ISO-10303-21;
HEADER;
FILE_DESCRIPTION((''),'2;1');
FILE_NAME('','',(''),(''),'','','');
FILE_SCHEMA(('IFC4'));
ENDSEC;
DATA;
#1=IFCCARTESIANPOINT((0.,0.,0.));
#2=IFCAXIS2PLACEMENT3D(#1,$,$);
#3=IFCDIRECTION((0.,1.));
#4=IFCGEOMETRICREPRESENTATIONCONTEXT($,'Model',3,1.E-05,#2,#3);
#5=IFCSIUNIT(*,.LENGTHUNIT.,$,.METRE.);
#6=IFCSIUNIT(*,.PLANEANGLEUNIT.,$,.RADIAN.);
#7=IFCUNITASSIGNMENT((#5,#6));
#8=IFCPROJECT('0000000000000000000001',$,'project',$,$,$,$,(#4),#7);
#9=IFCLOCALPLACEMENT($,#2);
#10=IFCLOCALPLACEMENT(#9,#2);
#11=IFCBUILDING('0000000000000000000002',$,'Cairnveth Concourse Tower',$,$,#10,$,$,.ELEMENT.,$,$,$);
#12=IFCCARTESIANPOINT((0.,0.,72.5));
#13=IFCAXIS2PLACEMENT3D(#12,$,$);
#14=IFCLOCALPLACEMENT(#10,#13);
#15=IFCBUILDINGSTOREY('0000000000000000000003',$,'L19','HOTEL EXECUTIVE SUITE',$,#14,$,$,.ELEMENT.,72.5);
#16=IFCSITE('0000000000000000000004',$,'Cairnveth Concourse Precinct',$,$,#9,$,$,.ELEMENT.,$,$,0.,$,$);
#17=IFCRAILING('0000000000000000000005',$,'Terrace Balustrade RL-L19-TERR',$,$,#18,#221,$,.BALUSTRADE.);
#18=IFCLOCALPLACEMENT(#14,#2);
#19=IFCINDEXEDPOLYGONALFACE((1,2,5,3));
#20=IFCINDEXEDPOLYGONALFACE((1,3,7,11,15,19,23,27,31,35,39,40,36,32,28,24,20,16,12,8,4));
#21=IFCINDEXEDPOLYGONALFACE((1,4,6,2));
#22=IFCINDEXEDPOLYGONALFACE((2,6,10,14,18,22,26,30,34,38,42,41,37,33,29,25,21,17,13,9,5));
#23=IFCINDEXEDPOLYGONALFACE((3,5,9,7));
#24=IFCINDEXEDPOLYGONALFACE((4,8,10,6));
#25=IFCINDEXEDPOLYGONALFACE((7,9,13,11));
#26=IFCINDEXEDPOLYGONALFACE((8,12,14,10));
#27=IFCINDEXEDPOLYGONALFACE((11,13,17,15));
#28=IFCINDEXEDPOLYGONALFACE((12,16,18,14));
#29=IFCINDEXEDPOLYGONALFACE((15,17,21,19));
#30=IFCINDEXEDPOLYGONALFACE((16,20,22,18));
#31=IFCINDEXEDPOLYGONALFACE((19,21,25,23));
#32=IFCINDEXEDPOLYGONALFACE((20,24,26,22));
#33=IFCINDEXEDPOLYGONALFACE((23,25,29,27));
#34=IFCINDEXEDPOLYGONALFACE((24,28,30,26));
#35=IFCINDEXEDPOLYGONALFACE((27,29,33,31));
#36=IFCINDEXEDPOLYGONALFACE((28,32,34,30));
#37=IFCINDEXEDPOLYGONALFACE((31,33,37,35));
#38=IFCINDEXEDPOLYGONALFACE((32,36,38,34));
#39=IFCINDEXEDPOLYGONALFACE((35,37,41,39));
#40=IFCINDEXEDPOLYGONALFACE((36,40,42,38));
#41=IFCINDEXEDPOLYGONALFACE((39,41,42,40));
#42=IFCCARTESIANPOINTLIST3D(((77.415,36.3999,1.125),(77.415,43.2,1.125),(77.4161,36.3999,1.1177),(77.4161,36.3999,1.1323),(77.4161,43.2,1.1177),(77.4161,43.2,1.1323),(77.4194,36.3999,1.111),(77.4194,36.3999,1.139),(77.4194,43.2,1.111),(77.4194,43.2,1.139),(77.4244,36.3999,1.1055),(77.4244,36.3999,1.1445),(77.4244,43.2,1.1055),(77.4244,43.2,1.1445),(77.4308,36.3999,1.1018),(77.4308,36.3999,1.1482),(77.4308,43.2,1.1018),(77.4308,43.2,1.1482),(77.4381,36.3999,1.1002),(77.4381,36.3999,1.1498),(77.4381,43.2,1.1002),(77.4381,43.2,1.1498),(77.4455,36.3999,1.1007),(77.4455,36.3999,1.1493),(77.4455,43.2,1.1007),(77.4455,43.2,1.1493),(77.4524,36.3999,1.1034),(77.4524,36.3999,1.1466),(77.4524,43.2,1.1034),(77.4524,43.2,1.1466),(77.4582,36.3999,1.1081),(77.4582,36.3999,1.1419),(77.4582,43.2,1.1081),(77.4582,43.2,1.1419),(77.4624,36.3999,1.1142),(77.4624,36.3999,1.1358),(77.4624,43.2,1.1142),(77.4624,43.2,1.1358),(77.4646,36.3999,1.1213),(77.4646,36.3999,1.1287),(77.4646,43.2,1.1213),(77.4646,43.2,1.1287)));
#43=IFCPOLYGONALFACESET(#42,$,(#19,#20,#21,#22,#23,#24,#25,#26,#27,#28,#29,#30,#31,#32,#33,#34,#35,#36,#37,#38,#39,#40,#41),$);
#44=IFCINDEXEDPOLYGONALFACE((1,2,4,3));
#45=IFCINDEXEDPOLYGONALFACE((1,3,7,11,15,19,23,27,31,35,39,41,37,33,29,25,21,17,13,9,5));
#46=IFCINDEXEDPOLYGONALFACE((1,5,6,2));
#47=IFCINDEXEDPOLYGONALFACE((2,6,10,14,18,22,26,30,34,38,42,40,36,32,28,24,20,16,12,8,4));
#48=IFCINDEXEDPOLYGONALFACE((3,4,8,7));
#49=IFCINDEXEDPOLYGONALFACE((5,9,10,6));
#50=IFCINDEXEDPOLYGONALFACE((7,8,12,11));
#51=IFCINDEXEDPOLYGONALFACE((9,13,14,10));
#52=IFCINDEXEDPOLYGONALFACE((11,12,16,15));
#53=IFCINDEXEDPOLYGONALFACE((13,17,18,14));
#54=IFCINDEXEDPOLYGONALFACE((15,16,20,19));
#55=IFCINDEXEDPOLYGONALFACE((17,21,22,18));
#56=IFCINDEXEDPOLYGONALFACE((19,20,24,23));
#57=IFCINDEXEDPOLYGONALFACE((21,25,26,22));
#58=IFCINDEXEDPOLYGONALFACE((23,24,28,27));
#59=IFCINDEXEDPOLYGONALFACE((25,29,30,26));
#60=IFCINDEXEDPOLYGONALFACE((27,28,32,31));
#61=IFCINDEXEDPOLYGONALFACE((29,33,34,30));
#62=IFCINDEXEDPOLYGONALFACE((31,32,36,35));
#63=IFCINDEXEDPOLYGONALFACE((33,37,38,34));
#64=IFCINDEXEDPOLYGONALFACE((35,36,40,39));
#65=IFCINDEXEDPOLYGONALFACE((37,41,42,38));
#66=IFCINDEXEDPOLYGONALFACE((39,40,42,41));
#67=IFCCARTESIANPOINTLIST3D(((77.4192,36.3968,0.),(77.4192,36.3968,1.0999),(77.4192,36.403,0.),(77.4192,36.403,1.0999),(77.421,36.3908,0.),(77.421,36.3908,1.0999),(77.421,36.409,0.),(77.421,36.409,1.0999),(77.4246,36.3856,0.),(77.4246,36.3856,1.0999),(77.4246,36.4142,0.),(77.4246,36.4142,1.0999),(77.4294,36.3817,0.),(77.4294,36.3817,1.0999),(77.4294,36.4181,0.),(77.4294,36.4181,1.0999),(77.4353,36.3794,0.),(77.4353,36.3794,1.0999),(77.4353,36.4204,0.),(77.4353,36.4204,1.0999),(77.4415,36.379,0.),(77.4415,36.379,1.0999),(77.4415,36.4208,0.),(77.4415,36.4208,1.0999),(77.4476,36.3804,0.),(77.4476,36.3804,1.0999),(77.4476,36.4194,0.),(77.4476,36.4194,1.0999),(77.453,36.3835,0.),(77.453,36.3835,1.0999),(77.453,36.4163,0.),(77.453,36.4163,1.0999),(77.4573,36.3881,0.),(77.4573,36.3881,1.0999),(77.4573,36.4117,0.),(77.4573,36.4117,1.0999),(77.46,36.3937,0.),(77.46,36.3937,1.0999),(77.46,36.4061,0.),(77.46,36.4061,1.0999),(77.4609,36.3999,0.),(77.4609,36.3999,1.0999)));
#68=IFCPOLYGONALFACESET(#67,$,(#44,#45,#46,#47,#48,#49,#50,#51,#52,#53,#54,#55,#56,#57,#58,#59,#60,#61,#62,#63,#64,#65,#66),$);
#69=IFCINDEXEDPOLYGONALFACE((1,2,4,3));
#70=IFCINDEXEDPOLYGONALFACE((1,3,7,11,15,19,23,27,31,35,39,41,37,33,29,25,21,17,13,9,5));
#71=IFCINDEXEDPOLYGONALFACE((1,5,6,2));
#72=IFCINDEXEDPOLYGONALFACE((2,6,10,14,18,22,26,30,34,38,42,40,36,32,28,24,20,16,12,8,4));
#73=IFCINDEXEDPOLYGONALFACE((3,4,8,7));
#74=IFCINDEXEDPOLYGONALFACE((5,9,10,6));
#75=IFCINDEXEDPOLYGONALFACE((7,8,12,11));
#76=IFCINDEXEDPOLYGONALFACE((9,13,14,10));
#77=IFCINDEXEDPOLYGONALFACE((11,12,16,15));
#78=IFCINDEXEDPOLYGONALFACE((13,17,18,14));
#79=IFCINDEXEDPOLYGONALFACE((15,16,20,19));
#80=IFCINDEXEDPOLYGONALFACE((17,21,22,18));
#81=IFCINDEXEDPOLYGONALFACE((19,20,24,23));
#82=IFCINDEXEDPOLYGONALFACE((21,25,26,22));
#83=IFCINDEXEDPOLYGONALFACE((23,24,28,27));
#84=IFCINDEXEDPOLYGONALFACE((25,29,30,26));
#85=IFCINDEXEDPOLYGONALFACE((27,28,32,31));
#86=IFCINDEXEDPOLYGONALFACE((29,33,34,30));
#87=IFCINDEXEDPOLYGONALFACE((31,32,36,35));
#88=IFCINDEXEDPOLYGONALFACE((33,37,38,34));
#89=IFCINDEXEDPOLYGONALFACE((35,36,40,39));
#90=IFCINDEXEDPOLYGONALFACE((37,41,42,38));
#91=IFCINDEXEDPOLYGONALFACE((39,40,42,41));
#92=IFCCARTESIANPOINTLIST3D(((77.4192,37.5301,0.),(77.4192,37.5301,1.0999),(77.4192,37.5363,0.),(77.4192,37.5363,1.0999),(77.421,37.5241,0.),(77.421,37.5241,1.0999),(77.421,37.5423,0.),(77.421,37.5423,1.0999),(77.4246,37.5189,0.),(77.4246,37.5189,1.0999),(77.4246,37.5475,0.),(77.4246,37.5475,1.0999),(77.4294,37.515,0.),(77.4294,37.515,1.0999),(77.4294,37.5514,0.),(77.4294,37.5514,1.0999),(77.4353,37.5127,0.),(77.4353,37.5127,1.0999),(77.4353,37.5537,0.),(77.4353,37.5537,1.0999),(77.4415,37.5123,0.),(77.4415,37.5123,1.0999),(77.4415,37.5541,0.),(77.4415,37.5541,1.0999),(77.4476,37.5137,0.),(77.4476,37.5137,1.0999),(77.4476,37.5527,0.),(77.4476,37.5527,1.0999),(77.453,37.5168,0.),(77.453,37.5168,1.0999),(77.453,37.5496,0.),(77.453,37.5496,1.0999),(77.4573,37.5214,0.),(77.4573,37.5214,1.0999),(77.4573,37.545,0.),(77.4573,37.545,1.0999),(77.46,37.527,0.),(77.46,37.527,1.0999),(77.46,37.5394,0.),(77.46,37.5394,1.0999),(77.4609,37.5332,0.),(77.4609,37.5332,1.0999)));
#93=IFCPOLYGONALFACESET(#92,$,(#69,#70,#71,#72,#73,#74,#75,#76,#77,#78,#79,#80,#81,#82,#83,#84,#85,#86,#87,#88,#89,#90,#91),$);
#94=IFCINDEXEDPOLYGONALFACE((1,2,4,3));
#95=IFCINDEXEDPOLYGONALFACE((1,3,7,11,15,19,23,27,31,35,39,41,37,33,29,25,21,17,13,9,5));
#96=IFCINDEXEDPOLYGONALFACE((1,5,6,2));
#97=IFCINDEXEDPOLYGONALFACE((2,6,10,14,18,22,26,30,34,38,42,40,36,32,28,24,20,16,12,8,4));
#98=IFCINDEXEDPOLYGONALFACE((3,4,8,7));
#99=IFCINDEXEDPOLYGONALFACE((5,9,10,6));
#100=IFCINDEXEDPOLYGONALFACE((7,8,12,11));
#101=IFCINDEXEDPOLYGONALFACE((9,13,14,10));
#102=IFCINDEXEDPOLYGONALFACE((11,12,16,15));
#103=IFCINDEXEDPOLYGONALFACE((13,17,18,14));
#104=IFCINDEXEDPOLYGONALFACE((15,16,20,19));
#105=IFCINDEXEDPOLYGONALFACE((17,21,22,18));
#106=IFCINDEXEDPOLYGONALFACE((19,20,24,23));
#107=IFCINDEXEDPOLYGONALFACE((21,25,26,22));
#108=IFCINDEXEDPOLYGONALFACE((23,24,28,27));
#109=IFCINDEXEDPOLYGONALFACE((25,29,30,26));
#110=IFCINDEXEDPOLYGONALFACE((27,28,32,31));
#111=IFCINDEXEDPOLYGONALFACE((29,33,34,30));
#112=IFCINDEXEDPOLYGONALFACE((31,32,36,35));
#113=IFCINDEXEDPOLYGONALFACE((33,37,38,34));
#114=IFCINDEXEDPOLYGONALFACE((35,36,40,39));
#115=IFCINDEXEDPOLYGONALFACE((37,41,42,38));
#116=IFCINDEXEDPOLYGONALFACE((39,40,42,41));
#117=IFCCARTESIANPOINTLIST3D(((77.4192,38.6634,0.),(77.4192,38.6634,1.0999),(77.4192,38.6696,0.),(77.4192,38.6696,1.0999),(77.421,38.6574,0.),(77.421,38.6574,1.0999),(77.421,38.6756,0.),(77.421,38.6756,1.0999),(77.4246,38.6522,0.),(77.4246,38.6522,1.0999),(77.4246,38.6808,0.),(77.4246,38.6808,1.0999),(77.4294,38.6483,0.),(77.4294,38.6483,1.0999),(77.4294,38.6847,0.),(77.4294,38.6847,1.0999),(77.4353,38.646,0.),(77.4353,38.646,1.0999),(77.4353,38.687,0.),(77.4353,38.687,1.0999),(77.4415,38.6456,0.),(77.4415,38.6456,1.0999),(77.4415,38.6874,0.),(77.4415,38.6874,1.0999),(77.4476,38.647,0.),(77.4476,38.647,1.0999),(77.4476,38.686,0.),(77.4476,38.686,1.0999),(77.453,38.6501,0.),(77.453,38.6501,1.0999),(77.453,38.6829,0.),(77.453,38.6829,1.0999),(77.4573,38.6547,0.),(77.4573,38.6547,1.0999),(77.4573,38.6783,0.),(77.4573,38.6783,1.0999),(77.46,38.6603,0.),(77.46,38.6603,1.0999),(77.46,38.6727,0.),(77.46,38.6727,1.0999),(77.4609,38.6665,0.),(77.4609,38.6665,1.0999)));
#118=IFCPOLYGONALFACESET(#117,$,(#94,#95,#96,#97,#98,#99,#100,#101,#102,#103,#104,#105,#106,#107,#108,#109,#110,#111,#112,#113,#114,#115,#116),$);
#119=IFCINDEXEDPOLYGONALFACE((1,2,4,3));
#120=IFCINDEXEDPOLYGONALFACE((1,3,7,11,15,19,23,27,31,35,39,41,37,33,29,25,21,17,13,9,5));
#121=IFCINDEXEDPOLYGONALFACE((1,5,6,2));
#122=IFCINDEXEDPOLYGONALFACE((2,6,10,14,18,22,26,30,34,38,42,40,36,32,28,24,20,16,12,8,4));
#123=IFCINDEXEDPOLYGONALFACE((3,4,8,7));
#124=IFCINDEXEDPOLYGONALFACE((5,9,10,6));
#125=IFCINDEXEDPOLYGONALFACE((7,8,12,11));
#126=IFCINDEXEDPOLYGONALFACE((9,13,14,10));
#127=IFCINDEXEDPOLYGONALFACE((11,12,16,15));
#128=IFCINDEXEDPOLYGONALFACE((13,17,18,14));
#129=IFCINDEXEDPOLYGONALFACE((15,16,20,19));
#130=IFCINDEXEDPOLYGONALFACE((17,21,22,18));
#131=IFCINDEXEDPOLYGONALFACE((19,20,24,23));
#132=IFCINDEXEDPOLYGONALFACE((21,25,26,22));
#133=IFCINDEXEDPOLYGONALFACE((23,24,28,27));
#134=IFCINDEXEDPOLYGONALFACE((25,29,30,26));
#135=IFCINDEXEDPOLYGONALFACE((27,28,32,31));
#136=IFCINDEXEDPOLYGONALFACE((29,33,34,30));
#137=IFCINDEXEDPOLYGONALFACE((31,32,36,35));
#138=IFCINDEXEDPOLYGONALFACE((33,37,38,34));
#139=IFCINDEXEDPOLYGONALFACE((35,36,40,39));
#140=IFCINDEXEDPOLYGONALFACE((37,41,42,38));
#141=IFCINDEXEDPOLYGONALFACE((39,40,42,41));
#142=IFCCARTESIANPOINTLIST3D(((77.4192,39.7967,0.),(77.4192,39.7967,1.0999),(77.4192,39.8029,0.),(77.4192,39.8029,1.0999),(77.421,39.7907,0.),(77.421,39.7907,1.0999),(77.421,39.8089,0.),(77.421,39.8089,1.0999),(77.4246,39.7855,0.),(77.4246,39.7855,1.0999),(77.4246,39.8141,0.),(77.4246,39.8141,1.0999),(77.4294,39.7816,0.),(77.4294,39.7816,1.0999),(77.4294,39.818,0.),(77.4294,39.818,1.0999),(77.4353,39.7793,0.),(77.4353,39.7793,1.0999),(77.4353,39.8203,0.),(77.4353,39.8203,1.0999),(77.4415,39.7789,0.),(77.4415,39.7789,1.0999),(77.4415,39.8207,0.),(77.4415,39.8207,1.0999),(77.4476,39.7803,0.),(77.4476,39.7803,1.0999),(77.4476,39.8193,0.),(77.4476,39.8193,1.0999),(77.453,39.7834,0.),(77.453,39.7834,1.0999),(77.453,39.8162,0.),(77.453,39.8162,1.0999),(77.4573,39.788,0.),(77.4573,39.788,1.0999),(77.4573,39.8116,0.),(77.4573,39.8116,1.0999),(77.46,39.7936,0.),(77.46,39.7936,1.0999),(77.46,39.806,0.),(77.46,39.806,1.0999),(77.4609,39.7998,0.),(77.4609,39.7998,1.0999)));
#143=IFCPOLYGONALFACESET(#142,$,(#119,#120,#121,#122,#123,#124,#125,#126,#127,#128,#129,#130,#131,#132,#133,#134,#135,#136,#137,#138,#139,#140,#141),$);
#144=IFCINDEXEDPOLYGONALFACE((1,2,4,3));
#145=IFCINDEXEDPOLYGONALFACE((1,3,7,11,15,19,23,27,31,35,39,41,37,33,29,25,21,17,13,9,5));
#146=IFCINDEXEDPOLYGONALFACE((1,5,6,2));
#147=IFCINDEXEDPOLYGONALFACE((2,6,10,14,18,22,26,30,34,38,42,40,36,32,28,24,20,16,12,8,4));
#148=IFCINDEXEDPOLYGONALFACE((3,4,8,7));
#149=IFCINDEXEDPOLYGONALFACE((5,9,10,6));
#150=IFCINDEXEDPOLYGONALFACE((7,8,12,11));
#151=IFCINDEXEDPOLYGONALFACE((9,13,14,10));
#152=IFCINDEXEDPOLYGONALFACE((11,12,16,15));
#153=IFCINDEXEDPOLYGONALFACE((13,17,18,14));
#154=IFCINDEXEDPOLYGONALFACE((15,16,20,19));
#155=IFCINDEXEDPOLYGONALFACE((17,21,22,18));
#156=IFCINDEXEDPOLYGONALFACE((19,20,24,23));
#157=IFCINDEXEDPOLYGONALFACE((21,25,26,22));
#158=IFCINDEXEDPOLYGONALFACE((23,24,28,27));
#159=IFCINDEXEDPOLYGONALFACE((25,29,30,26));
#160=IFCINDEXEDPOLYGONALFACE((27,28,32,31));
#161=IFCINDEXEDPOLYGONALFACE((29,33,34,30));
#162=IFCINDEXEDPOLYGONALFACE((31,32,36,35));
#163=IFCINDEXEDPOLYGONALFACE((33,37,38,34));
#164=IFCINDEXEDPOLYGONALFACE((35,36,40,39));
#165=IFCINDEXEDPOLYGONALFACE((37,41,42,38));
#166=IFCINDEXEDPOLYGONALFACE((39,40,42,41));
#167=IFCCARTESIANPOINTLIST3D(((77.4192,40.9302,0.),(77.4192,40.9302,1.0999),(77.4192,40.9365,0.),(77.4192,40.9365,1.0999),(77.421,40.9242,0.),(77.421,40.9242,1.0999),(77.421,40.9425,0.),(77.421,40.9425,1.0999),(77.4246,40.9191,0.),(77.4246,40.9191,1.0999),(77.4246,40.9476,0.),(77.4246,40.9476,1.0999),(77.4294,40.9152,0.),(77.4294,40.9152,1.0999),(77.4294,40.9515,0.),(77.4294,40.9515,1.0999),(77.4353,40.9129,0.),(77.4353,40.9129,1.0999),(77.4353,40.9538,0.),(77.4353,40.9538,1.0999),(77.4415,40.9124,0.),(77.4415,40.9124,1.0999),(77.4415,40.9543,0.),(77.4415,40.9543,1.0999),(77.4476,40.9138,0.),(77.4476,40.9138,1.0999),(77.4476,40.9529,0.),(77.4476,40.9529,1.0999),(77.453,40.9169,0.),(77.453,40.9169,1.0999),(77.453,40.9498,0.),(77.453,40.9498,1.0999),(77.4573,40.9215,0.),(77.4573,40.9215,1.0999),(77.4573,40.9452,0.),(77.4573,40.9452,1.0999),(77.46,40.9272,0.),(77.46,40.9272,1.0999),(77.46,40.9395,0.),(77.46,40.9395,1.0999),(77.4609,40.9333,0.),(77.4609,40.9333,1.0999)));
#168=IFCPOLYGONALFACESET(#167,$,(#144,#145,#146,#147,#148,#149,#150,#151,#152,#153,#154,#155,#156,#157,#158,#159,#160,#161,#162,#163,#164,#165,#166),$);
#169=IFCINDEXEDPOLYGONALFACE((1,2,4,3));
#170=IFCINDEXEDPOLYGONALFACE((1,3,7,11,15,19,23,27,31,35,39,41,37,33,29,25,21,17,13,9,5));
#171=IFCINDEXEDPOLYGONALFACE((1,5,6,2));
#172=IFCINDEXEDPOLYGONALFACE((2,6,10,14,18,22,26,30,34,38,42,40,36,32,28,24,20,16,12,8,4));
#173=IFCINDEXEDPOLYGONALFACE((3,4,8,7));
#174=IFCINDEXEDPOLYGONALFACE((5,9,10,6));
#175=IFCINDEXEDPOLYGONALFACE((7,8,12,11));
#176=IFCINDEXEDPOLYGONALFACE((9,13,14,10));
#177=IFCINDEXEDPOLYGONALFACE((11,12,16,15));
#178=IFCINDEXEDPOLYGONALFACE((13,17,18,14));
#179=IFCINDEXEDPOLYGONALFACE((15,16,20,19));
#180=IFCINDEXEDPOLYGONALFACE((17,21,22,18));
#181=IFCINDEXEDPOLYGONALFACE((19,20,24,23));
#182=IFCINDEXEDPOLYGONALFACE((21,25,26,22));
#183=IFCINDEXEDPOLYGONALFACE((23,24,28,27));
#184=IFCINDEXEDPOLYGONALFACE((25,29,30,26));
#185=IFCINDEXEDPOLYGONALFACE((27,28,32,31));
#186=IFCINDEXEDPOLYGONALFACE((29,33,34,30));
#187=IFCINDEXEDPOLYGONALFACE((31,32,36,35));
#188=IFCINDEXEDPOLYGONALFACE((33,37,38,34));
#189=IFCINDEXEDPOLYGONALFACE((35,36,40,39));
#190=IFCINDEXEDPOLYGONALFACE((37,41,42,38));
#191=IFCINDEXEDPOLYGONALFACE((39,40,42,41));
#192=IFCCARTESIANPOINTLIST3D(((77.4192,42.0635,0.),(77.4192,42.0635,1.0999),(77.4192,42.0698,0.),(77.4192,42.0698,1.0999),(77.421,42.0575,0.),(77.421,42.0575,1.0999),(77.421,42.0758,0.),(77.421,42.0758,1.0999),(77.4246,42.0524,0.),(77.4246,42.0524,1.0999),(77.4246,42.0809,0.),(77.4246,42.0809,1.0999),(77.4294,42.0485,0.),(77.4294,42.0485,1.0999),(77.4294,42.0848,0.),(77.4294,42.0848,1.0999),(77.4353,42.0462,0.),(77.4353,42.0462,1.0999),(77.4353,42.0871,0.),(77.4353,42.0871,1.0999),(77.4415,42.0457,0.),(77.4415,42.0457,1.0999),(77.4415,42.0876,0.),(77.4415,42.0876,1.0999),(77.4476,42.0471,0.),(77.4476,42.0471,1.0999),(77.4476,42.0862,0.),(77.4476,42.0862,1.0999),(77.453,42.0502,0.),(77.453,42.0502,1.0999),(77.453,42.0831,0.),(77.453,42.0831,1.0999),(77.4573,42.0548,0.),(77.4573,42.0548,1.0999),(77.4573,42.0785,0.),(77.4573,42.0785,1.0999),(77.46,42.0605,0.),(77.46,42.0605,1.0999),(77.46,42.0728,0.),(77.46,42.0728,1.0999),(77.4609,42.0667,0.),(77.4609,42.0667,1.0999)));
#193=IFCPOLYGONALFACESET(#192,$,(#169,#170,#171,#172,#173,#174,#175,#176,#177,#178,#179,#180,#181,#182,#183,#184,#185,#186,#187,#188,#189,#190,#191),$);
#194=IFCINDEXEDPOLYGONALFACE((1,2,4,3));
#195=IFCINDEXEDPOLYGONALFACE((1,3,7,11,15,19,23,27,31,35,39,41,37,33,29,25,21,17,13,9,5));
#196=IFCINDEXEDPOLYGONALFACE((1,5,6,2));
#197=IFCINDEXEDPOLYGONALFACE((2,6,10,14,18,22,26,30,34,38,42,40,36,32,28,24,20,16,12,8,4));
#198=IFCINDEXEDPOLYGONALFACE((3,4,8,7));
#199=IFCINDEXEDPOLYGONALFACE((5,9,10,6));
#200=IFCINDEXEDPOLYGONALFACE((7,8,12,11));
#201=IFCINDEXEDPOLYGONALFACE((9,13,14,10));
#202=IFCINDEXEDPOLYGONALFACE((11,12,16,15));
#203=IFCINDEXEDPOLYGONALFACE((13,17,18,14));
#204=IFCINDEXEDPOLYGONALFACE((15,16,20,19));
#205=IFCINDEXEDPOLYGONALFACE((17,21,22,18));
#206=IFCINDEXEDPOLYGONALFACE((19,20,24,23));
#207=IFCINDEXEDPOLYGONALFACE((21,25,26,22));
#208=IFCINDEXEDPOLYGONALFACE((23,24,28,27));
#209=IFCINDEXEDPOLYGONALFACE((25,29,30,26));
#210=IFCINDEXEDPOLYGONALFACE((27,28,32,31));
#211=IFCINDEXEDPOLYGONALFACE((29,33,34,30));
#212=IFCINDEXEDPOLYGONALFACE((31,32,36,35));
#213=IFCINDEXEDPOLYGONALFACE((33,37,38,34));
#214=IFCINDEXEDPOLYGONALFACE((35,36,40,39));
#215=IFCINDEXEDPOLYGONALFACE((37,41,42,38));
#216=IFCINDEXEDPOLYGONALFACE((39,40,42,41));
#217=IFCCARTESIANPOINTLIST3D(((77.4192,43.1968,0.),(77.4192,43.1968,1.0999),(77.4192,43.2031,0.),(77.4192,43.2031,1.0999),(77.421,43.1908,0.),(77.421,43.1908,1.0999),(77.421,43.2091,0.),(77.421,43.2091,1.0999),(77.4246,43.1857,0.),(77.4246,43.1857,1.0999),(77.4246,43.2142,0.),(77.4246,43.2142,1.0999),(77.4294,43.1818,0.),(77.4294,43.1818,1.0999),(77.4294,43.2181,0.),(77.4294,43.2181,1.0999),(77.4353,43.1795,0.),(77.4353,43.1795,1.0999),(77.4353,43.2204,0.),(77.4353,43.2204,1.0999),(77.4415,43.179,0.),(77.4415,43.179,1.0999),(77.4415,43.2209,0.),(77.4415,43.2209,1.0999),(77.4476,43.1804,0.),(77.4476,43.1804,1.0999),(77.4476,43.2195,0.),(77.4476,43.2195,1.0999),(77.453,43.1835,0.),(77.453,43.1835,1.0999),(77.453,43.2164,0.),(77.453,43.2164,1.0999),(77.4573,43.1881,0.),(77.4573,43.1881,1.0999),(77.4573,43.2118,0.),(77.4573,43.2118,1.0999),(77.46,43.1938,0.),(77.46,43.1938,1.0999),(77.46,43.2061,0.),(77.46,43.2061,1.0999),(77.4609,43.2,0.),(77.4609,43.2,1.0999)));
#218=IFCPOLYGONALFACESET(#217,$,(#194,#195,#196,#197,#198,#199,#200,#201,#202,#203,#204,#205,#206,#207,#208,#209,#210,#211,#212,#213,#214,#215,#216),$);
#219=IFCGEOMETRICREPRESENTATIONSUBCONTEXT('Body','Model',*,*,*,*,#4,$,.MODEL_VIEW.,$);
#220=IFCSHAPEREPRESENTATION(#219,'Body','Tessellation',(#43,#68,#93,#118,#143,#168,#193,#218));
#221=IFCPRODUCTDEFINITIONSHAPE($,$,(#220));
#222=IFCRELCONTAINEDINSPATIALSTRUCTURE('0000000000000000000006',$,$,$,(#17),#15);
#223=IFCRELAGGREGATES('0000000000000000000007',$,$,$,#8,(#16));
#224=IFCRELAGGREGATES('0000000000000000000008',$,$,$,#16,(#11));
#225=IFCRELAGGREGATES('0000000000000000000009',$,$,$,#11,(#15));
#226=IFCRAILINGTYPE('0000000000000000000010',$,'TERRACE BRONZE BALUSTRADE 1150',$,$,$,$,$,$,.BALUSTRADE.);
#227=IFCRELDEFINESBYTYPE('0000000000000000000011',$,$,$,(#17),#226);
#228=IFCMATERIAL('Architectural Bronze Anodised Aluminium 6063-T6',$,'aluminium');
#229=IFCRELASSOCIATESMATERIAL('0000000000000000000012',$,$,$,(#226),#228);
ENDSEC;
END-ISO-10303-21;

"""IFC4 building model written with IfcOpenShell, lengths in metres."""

from ifc_helpers import new_model, si_unit, direction, frame, origin, origin_2d, place, context, subcontext, project, spatial, circle, extrude, material, type_object, element, save


model = new_model("IFC4")

# Units and contexts
model_context = context("Model", 3, precision=1e-05, world=origin(), true_north=direction((0.0, 1.0)))
body_context = subcontext(model_context, "Body", "Model", "MODEL_VIEW")
ifc_project = project(units=[si_unit("LENGTHUNIT", "METRE"), si_unit("PLANEANGLEUNIT", "RADIAN")], contexts=[model_context])

# Site, building, storey
site_placement = place(None, origin())
site = spatial("IfcSite", under=ifc_project, at=site_placement, Name="Cairnveth Concourse Precinct", CompositionType="ELEMENT", RefElevation=0.0)
building_placement = place(site_placement, origin())
building = spatial("IfcBuilding", under=site, at=building_placement, Name="Cairnveth Concourse Tower", CompositionType="ELEMENT")
storey_placement = place(building_placement, frame((0.0, 0.0, 72.5)))
storey = spatial("IfcBuildingStorey", under=building, at=storey_placement, Name="L19", Description="HOTEL EXECUTIVE SUITE", CompositionType="ELEMENT", Elevation=72.5)

# Shared definitions
ifc_material_1 = material(Name="Architectural Bronze Anodised Aluminium 6063-T6", Category="aluminium")

# Railing
railing_type = type_object("IfcRailingType", Name="TERRACE BRONZE BALUSTRADE 1150", PredefinedType="BALUSTRADE", material=ifc_material_1)
railing_placement = place(storey_placement, frame((77.4399, 36.3999, 0.0)))
element("IfcRailing", 1, at=railing_placement, inside=storey, type_object=railing_type, Name="Terrace Balustrade RL-L19-TERR", PredefinedType="BALUSTRADE", context=body_context, shape_type="SweptSolid", body=[
    extrude(circle(Radius=0.0249, at=origin_2d()), frame((0.0, 0.0, 1.125), z_axis=(0.0, 1.0, 0.0), x_axis=(-1.0, 0.0, 0.0)), (0.0, 0.0, 1.0), 6.8),
    extrude(circle(Radius=0.021, at=origin_2d()), origin(), (0.0, 0.0, 1.0), 1.0999),
    extrude(circle(Radius=0.021, at=origin_2d()), frame((0.0, 1.1333, 0.0)), (0.0, 0.0, 1.0), 1.0999),
    extrude(circle(Radius=0.021, at=origin_2d()), frame((0.0, 2.2666, 0.0)), (0.0, 0.0, 1.0), 1.0999),
    extrude(circle(Radius=0.021, at=origin_2d()), frame((0.0, 3.3999, 0.0)), (0.0, 0.0, 1.0), 1.0999),
    extrude(circle(Radius=0.021, at=origin_2d()), frame((0.0, 4.5334, 0.0)), (0.0, 0.0, 1.0), 1.0999),
    extrude(circle(Radius=0.021, at=origin_2d()), frame((0.0, 5.6667, 0.0)), (0.0, 0.0, 1.0), 1.0999),
    extrude(circle(Radius=0.021, at=origin_2d()), frame((0.0, 6.8, 0.0)), (0.0, 0.0, 1.0), 1.0999),
])

save(model, "model.ifc")
